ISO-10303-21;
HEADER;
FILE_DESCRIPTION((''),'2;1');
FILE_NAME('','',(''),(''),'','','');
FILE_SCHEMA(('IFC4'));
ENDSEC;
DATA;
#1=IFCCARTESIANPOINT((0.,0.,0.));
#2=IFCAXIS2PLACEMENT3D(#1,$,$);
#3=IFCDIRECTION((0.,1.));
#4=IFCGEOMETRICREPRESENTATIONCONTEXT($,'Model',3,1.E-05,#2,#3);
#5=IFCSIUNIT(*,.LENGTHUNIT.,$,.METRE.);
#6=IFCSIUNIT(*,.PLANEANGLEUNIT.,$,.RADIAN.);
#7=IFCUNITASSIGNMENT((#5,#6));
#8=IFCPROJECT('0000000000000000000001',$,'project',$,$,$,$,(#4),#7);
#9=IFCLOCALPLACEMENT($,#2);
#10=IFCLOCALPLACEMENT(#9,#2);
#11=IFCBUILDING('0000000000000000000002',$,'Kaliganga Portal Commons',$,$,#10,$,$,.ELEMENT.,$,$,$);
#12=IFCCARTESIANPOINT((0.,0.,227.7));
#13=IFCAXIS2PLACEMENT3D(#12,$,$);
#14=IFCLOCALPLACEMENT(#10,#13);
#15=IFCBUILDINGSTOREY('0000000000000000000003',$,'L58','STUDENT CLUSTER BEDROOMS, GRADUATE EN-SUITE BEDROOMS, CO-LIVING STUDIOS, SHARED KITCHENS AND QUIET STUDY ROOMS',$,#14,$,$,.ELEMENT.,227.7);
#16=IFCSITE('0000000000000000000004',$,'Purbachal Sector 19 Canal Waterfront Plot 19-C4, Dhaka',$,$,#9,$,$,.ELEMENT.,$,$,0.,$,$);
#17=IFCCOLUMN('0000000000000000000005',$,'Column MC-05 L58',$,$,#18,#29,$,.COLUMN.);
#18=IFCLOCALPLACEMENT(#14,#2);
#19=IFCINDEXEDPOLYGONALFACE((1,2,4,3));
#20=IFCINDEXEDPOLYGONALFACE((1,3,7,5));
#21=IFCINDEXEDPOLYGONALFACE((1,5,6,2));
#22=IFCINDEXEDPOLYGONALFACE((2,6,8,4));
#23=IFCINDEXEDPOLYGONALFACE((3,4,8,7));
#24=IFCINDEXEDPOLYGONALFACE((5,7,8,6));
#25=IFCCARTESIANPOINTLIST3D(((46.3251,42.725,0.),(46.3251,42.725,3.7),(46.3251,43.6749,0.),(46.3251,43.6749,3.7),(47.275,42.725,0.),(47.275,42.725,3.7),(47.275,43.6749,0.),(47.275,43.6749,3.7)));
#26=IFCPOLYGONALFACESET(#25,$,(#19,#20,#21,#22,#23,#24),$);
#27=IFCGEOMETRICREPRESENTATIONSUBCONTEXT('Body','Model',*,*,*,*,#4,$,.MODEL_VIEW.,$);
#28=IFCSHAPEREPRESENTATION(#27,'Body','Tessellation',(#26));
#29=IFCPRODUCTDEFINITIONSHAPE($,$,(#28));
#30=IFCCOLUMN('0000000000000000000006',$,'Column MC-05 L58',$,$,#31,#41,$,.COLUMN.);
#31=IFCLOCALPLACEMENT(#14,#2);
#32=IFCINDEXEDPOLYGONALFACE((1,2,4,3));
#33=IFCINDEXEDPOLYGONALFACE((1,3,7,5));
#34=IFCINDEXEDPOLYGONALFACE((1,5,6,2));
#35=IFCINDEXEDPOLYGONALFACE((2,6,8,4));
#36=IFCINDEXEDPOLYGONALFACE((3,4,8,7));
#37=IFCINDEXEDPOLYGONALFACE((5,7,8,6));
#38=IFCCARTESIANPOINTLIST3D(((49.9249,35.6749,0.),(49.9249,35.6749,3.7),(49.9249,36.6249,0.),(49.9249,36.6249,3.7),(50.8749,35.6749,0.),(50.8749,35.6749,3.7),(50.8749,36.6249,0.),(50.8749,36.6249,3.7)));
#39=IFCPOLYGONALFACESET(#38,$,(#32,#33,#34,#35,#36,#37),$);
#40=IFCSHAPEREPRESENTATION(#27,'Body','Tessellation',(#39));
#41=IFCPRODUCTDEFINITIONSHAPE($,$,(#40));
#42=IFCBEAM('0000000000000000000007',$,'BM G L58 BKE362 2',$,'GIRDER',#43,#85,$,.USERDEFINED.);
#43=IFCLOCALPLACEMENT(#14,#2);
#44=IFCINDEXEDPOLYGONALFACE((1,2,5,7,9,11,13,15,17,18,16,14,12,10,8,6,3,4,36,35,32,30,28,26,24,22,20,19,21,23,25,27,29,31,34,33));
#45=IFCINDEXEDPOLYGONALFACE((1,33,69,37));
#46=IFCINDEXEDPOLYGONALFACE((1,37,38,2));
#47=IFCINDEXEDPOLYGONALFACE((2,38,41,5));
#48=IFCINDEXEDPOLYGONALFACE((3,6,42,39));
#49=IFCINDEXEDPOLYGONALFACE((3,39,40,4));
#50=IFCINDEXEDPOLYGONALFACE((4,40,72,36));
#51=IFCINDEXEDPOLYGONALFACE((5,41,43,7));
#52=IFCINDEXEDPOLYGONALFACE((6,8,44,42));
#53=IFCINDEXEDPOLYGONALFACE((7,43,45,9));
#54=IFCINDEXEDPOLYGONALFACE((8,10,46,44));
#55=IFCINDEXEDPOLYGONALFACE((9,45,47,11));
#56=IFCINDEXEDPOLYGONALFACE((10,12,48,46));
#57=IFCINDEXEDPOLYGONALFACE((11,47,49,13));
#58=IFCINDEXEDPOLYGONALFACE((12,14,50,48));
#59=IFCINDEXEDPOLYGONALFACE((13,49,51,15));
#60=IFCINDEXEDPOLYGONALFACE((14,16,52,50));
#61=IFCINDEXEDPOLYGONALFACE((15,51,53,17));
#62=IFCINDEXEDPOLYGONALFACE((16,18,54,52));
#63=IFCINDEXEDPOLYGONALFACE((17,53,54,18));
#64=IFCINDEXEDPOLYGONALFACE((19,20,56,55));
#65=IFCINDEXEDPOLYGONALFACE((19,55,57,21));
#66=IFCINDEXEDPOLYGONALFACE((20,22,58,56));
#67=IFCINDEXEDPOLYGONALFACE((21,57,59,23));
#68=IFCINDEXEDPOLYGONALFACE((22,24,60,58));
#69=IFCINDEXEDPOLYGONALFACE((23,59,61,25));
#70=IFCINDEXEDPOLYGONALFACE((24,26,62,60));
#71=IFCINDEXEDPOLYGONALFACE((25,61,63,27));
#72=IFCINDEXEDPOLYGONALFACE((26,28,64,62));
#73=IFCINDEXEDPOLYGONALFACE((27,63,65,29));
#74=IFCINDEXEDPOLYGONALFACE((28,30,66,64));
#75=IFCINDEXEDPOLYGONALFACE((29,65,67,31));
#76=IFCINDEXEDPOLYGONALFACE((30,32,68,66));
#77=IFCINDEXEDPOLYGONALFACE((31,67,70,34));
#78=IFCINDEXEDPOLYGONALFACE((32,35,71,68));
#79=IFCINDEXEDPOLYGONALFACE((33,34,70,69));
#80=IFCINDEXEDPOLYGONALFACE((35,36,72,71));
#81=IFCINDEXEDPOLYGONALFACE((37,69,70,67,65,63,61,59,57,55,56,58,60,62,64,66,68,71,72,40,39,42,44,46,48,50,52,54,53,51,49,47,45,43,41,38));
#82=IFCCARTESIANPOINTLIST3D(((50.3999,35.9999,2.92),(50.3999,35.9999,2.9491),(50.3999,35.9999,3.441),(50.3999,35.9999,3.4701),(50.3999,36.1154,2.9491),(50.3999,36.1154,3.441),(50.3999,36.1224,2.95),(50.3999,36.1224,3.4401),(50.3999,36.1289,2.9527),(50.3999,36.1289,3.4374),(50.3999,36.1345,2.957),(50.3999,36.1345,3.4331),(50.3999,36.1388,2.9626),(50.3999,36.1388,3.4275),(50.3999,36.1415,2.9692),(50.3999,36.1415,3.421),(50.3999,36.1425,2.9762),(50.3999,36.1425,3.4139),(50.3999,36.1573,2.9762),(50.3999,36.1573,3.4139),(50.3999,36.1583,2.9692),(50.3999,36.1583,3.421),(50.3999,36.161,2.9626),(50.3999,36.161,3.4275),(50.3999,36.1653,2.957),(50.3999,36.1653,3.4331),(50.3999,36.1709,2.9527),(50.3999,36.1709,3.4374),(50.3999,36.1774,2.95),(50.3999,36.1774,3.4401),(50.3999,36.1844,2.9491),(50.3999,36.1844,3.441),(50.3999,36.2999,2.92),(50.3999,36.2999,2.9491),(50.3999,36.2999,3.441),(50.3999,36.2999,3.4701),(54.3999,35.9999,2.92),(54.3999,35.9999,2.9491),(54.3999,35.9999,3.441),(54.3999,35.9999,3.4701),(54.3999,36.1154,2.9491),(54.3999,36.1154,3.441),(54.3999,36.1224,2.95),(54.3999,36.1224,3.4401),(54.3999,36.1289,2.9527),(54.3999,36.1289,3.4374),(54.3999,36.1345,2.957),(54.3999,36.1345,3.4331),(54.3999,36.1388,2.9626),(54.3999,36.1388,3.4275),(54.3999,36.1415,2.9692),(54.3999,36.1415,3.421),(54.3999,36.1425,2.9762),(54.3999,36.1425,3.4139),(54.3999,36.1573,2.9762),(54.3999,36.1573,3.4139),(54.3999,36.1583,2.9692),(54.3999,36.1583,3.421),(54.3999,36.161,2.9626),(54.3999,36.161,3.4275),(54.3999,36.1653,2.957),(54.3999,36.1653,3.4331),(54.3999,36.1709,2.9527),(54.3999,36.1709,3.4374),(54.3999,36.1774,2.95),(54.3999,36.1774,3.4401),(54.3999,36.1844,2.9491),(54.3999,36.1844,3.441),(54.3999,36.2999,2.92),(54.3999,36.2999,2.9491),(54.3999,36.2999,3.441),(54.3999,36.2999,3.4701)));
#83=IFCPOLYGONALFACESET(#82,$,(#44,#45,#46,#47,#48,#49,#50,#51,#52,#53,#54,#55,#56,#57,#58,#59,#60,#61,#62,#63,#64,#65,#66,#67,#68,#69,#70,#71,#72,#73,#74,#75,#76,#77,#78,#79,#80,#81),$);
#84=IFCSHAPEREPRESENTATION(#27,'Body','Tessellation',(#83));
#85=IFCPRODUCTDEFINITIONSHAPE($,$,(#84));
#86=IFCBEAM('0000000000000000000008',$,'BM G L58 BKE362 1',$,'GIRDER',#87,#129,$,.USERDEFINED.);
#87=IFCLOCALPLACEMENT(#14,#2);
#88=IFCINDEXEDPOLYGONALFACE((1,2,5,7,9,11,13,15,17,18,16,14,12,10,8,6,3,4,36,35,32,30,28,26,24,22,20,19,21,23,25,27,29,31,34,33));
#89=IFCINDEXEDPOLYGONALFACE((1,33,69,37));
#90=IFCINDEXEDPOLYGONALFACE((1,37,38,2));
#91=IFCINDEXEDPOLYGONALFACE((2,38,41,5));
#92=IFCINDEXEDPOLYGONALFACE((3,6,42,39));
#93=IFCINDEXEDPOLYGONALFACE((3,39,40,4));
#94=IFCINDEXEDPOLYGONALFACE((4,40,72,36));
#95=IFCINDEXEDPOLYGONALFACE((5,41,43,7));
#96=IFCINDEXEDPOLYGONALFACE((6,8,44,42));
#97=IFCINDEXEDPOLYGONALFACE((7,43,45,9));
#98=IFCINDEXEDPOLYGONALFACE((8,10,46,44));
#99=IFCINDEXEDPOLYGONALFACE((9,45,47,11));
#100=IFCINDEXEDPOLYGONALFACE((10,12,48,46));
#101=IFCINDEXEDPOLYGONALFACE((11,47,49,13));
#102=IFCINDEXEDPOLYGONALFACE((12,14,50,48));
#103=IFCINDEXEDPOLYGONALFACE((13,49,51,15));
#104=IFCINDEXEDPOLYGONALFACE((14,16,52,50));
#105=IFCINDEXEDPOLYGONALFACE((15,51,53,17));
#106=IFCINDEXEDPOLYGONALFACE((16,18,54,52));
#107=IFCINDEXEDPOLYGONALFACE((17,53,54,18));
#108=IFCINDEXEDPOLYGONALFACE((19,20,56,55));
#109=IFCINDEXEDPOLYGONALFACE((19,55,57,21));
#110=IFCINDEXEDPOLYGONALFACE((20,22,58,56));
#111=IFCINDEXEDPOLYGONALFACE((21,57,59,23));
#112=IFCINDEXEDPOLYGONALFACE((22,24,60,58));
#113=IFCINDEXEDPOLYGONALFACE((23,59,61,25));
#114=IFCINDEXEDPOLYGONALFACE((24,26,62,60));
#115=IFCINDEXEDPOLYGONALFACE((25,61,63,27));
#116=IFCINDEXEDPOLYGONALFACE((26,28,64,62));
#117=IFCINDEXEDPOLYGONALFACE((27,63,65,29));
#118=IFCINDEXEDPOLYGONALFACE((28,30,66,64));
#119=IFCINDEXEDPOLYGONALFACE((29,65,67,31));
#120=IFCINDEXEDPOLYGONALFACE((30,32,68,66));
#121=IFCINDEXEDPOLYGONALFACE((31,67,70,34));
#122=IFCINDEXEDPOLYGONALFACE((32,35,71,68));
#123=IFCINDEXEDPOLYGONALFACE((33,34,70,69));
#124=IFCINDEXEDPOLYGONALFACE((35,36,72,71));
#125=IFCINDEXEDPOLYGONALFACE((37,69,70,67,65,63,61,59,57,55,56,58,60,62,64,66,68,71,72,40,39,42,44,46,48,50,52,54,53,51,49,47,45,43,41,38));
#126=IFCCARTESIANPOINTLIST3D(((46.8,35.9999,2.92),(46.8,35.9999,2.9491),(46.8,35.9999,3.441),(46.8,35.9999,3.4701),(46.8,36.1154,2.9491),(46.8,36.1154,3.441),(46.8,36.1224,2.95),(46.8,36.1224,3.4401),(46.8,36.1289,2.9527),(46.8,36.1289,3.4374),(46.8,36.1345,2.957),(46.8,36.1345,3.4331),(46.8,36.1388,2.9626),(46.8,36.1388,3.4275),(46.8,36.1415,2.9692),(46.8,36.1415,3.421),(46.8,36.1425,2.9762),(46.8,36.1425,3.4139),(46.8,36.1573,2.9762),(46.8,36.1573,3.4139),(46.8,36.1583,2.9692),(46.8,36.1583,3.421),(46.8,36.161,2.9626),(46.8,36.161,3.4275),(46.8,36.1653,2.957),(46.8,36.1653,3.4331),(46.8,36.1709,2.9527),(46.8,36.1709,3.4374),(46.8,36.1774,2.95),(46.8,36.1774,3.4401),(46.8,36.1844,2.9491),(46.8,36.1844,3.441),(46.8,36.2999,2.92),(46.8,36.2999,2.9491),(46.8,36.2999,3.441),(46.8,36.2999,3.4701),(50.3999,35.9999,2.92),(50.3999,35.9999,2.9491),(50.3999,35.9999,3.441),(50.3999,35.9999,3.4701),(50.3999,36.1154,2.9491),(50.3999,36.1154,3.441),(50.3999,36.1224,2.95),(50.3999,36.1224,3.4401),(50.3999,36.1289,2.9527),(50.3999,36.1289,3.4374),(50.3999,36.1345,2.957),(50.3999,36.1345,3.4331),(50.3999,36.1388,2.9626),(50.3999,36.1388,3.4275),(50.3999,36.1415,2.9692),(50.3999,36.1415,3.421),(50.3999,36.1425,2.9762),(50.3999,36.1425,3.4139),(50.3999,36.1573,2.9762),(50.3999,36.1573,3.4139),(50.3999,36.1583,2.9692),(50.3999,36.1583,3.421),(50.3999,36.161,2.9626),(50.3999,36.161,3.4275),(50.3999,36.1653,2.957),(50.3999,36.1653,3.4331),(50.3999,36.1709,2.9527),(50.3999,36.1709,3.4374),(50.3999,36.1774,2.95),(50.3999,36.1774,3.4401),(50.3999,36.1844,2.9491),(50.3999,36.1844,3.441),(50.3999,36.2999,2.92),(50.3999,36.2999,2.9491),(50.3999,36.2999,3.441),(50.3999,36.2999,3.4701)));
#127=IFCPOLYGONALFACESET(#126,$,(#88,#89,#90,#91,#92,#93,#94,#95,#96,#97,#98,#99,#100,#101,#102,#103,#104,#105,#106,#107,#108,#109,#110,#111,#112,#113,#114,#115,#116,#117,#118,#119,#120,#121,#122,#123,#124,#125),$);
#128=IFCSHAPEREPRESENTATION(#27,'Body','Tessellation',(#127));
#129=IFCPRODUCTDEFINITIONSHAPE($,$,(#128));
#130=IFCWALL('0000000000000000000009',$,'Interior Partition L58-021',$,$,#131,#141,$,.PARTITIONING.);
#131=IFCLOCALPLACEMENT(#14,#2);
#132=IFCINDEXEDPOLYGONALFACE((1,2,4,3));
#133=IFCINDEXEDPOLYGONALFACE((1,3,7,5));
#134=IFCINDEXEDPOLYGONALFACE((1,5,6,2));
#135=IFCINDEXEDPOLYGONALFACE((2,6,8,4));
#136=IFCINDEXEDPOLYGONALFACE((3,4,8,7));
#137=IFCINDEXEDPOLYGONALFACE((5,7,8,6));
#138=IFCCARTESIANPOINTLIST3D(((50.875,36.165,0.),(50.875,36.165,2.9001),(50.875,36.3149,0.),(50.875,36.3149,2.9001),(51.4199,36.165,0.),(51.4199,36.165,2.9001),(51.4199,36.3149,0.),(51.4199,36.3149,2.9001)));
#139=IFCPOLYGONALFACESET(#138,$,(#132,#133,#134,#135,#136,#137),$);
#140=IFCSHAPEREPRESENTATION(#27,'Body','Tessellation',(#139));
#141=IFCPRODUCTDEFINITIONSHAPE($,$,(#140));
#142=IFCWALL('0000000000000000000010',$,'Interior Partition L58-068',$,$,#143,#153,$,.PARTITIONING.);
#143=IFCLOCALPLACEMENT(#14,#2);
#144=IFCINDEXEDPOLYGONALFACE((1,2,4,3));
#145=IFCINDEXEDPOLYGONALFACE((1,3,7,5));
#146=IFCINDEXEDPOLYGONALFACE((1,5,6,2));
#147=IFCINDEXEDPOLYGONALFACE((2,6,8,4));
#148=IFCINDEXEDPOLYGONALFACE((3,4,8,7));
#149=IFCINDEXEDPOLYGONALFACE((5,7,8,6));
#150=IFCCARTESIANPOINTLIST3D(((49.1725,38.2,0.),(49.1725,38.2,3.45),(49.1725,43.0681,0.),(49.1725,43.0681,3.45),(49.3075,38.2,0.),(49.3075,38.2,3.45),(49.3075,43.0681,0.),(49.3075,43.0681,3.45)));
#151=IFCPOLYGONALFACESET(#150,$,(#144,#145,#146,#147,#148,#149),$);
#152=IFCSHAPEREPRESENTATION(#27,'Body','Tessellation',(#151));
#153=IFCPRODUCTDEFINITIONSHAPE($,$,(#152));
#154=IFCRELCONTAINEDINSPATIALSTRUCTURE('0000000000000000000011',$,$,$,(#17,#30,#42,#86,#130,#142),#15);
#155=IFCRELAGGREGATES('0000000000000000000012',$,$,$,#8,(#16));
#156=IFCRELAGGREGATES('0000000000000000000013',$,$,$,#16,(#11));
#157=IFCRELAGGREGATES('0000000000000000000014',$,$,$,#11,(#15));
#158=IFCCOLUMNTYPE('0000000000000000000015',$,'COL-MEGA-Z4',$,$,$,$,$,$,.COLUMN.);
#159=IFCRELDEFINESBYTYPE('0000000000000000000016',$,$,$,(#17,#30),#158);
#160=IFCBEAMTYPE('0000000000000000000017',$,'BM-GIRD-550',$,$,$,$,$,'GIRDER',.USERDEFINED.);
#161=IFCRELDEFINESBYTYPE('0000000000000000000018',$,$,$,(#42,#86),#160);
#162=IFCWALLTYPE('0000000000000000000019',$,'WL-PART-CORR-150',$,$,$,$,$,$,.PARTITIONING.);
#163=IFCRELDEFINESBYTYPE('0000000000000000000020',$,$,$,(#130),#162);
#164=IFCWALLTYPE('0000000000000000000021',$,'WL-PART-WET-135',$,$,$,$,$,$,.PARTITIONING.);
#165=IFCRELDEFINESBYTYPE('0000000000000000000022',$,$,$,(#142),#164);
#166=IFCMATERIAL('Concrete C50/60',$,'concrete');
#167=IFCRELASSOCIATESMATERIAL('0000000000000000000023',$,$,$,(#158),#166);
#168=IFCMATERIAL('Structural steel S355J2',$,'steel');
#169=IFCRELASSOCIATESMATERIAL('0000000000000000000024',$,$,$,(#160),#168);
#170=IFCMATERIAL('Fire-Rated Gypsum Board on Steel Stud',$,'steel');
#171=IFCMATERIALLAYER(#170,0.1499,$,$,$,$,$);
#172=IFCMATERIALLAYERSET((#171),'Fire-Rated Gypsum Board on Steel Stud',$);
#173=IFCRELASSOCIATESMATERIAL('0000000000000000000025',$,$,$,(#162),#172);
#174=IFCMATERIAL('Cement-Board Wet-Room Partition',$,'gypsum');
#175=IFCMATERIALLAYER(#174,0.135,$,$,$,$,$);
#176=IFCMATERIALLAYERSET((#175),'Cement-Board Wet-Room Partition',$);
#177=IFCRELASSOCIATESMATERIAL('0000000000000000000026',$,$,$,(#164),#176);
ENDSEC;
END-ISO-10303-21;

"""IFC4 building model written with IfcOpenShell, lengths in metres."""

from ifc_helpers import new_model, si_unit, direction, frame, frame_2d, origin, origin_2d, place, context, subcontext, project, spatial, rectangle, i_section, extrude, source, transform, mapped, material, layer, layer_set, material_profile, profile_set, type_object, element, save


model = new_model("IFC4")

# Units and contexts
model_context = context("Model", 3, precision=1e-05, world=origin(), true_north=direction((0.0, 1.0)))
body_context = subcontext(model_context, "Body", "Model", "MODEL_VIEW")
ifc_project = project(units=[si_unit("LENGTHUNIT", "METRE"), si_unit("PLANEANGLEUNIT", "RADIAN")], contexts=[model_context])

# Site, building, storey
site_placement = place(None, origin())
site = spatial("IfcSite", under=ifc_project, at=site_placement, Name="Purbachal Sector 19 Canal Waterfront Plot 19-C4, Dhaka", CompositionType="ELEMENT", RefElevation=0.0)
building_placement = place(site_placement, origin())
building = spatial("IfcBuilding", under=site, at=building_placement, Name="Kaliganga Portal Commons", CompositionType="ELEMENT")
storey_placement = place(building_placement, frame((0.0, 0.0, 227.7)))
storey = spatial("IfcBuildingStorey", under=building, at=storey_placement, Name="L58", Description="STUDENT CLUSTER BEDROOMS, GRADUATE EN-SUITE BEDROOMS, CO-LIVING STUDIOS, SHARED KITCHENS AND QUIET STUDY ROOMS", CompositionType="ELEMENT", Elevation=227.7)

# Columns
ifc_material_1 = material(Name="Concrete C50/60", Category="concrete")
ifc_material_profile_1 = material_profile(ifc_material_1, rectangle(XDim=0.95, YDim=0.95, at=origin_2d()), Name="RC 950x950")
ifc_profile_set_1 = profile_set([ifc_material_profile_1], Name="Concrete C50/60")
column_type = type_object("IfcColumnType", Name="COL-MEGA-Z4", PredefinedType="COLUMN", material=ifc_profile_set_1)
shared_shape_1 = source(origin(), body_context, "Body", "SweptSolid", [
    extrude(rectangle(XDim=0.95, YDim=0.95, at=origin_2d()), origin(), (0.0, 0.0, 1.0), 3.7),
])
for number, where, z_axis, x_axis, name in (
    (1, (46.8, 43.2, 0.0), (0.0, 0.0, 1.0), (1.0, 0.0, 0.0), "Column MC-05 L58"),
    (2, (50.3999, 36.1499, 0.0), (0.0, 0.0, 1.0), (1.0, 0.0, 0.0), "Column MC-05 L58"),
):
    element("IfcColumn", number, at=place(storey_placement, frame(where, z_axis=z_axis, x_axis=x_axis)), inside=storey, type_object=column_type, Name=name, PredefinedType="COLUMN", context=body_context, shape_type="MappedRepresentation", body=[
        mapped(shared_shape_1, transform((0.0, 0.0, 0.0), x_axis=(1.0, 0.0, 0.0), y_axis=(0.0, 1.0, 0.0), z_axis=(0.0, 0.0, 1.0), scale=1.0)),
    ])

# Beams
ifc_material_2 = material(Name="Structural steel S355J2", Category="steel")
ifc_material_profile_2 = material_profile(ifc_material_2, i_section(OverallWidth=0.3, OverallDepth=0.55, WebThickness=0.0149, FlangeThickness=0.0291, FilletRadius=0.0271, at=origin_2d()), Name="HE 550 B")
ifc_profile_set_2 = profile_set([ifc_material_profile_2], Name="Structural steel S355J2 wide-flange")
beam_type = type_object("IfcBeamType", Name="BM-GIRD-550", ElementType="GIRDER", PredefinedType="USERDEFINED", material=ifc_profile_set_2)
shared_shape_2 = source(origin(), body_context, "Body", "SweptSolid", [
    extrude(i_section(OverallWidth=0.3, OverallDepth=0.55, WebThickness=0.0149, FlangeThickness=0.0291, FilletRadius=0.0271, at=origin_2d()), origin(), (0.0, 0.0, 1.0), 4.0),
])
beam_1_placement = place(storey_placement, frame((50.3999, 36.1499, 3.1951), z_axis=(1.0, 0.0, 0.0), x_axis=(0.0, 1.0, 0.0)))
element("IfcBeam", 3, at=beam_1_placement, inside=storey, type_object=beam_type, Name="BM G L58 BKE362 2", ObjectType="GIRDER", PredefinedType="USERDEFINED", context=body_context, shape_type="MappedRepresentation", body=[
    mapped(shared_shape_2, transform((0.0, 0.0, 0.0), x_axis=(1.0, 0.0, 0.0), y_axis=(0.0, 1.0, 0.0), z_axis=(0.0, 0.0, 1.0), scale=1.0)),
])
shared_shape_3 = source(origin(), body_context, "Body", "SweptSolid", [
    extrude(i_section(OverallWidth=0.3, OverallDepth=0.55, WebThickness=0.0149, FlangeThickness=0.0291, FilletRadius=0.0271, at=origin_2d()), origin(), (0.0, 0.0, 1.0), 3.5999),
])
beam_2_placement = place(storey_placement, frame((46.8, 36.1499, 3.1951), z_axis=(1.0, 0.0, 0.0), x_axis=(0.0, 1.0, 0.0)))
element("IfcBeam", 4, at=beam_2_placement, inside=storey, type_object=beam_type, Name="BM G L58 BKE362 1", ObjectType="GIRDER", PredefinedType="USERDEFINED", context=body_context, shape_type="MappedRepresentation", body=[
    mapped(shared_shape_3, transform((0.0, 0.0, 0.0), x_axis=(1.0, 0.0, 0.0), y_axis=(0.0, 1.0, 0.0), z_axis=(0.0, 0.0, 1.0), scale=1.0)),
])

# Shared definitions
ifc_material_3 = material(Name="Fire-Rated Gypsum Board on Steel Stud", Category="steel")
ifc_layer_1 = layer(ifc_material_3, 0.1499)
ifc_layer_set_1 = layer_set([ifc_layer_1], Name="Fire-Rated Gypsum Board on Steel Stud")
wall_type_1 = type_object("IfcWallType", Name="WL-PART-CORR-150", PredefinedType="PARTITIONING", material=ifc_layer_set_1)

# Wall
wall_1_placement = place(storey_placement, frame((50.875, 36.24, 0.0), z_axis=(0.0, 0.0, 1.0), x_axis=(1.0, 0.0, 0.0)))
element("IfcWall", 5, at=wall_1_placement, inside=storey, type_object=wall_type_1, Name="Interior Partition L58-021", PredefinedType="PARTITIONING", context=body_context, shape_type="SweptSolid", body=[
    extrude(rectangle(XDim=0.5449, YDim=0.1499, at=frame_2d((0.2725, 0.0))), origin(), (0.0, 0.0, 1.0), 2.9001),
])

# Wall
ifc_material_4 = material(Name="Cement-Board Wet-Room Partition", Category="gypsum")
ifc_layer_2 = layer(ifc_material_4, 0.135)
ifc_layer_set_2 = layer_set([ifc_layer_2], Name="Cement-Board Wet-Room Partition")
wall_type_2 = type_object("IfcWallType", Name="WL-PART-WET-135", PredefinedType="PARTITIONING", material=ifc_layer_set_2)
wall_2_placement = place(storey_placement, frame((49.24, 38.2, 0.0), z_axis=(0.0, 0.0, 1.0), x_axis=(0.0, 1.0, 0.0)))
element("IfcWall", 6, at=wall_2_placement, inside=storey, type_object=wall_type_2, Name="Interior Partition L58-068", PredefinedType="PARTITIONING", context=body_context, shape_type="SweptSolid", body=[
    extrude(rectangle(XDim=4.8682, YDim=0.135, at=frame_2d((2.4341, 0.0))), origin(), (0.0, 0.0, 1.0), 3.45),
])

save(model, "model.ifc")
